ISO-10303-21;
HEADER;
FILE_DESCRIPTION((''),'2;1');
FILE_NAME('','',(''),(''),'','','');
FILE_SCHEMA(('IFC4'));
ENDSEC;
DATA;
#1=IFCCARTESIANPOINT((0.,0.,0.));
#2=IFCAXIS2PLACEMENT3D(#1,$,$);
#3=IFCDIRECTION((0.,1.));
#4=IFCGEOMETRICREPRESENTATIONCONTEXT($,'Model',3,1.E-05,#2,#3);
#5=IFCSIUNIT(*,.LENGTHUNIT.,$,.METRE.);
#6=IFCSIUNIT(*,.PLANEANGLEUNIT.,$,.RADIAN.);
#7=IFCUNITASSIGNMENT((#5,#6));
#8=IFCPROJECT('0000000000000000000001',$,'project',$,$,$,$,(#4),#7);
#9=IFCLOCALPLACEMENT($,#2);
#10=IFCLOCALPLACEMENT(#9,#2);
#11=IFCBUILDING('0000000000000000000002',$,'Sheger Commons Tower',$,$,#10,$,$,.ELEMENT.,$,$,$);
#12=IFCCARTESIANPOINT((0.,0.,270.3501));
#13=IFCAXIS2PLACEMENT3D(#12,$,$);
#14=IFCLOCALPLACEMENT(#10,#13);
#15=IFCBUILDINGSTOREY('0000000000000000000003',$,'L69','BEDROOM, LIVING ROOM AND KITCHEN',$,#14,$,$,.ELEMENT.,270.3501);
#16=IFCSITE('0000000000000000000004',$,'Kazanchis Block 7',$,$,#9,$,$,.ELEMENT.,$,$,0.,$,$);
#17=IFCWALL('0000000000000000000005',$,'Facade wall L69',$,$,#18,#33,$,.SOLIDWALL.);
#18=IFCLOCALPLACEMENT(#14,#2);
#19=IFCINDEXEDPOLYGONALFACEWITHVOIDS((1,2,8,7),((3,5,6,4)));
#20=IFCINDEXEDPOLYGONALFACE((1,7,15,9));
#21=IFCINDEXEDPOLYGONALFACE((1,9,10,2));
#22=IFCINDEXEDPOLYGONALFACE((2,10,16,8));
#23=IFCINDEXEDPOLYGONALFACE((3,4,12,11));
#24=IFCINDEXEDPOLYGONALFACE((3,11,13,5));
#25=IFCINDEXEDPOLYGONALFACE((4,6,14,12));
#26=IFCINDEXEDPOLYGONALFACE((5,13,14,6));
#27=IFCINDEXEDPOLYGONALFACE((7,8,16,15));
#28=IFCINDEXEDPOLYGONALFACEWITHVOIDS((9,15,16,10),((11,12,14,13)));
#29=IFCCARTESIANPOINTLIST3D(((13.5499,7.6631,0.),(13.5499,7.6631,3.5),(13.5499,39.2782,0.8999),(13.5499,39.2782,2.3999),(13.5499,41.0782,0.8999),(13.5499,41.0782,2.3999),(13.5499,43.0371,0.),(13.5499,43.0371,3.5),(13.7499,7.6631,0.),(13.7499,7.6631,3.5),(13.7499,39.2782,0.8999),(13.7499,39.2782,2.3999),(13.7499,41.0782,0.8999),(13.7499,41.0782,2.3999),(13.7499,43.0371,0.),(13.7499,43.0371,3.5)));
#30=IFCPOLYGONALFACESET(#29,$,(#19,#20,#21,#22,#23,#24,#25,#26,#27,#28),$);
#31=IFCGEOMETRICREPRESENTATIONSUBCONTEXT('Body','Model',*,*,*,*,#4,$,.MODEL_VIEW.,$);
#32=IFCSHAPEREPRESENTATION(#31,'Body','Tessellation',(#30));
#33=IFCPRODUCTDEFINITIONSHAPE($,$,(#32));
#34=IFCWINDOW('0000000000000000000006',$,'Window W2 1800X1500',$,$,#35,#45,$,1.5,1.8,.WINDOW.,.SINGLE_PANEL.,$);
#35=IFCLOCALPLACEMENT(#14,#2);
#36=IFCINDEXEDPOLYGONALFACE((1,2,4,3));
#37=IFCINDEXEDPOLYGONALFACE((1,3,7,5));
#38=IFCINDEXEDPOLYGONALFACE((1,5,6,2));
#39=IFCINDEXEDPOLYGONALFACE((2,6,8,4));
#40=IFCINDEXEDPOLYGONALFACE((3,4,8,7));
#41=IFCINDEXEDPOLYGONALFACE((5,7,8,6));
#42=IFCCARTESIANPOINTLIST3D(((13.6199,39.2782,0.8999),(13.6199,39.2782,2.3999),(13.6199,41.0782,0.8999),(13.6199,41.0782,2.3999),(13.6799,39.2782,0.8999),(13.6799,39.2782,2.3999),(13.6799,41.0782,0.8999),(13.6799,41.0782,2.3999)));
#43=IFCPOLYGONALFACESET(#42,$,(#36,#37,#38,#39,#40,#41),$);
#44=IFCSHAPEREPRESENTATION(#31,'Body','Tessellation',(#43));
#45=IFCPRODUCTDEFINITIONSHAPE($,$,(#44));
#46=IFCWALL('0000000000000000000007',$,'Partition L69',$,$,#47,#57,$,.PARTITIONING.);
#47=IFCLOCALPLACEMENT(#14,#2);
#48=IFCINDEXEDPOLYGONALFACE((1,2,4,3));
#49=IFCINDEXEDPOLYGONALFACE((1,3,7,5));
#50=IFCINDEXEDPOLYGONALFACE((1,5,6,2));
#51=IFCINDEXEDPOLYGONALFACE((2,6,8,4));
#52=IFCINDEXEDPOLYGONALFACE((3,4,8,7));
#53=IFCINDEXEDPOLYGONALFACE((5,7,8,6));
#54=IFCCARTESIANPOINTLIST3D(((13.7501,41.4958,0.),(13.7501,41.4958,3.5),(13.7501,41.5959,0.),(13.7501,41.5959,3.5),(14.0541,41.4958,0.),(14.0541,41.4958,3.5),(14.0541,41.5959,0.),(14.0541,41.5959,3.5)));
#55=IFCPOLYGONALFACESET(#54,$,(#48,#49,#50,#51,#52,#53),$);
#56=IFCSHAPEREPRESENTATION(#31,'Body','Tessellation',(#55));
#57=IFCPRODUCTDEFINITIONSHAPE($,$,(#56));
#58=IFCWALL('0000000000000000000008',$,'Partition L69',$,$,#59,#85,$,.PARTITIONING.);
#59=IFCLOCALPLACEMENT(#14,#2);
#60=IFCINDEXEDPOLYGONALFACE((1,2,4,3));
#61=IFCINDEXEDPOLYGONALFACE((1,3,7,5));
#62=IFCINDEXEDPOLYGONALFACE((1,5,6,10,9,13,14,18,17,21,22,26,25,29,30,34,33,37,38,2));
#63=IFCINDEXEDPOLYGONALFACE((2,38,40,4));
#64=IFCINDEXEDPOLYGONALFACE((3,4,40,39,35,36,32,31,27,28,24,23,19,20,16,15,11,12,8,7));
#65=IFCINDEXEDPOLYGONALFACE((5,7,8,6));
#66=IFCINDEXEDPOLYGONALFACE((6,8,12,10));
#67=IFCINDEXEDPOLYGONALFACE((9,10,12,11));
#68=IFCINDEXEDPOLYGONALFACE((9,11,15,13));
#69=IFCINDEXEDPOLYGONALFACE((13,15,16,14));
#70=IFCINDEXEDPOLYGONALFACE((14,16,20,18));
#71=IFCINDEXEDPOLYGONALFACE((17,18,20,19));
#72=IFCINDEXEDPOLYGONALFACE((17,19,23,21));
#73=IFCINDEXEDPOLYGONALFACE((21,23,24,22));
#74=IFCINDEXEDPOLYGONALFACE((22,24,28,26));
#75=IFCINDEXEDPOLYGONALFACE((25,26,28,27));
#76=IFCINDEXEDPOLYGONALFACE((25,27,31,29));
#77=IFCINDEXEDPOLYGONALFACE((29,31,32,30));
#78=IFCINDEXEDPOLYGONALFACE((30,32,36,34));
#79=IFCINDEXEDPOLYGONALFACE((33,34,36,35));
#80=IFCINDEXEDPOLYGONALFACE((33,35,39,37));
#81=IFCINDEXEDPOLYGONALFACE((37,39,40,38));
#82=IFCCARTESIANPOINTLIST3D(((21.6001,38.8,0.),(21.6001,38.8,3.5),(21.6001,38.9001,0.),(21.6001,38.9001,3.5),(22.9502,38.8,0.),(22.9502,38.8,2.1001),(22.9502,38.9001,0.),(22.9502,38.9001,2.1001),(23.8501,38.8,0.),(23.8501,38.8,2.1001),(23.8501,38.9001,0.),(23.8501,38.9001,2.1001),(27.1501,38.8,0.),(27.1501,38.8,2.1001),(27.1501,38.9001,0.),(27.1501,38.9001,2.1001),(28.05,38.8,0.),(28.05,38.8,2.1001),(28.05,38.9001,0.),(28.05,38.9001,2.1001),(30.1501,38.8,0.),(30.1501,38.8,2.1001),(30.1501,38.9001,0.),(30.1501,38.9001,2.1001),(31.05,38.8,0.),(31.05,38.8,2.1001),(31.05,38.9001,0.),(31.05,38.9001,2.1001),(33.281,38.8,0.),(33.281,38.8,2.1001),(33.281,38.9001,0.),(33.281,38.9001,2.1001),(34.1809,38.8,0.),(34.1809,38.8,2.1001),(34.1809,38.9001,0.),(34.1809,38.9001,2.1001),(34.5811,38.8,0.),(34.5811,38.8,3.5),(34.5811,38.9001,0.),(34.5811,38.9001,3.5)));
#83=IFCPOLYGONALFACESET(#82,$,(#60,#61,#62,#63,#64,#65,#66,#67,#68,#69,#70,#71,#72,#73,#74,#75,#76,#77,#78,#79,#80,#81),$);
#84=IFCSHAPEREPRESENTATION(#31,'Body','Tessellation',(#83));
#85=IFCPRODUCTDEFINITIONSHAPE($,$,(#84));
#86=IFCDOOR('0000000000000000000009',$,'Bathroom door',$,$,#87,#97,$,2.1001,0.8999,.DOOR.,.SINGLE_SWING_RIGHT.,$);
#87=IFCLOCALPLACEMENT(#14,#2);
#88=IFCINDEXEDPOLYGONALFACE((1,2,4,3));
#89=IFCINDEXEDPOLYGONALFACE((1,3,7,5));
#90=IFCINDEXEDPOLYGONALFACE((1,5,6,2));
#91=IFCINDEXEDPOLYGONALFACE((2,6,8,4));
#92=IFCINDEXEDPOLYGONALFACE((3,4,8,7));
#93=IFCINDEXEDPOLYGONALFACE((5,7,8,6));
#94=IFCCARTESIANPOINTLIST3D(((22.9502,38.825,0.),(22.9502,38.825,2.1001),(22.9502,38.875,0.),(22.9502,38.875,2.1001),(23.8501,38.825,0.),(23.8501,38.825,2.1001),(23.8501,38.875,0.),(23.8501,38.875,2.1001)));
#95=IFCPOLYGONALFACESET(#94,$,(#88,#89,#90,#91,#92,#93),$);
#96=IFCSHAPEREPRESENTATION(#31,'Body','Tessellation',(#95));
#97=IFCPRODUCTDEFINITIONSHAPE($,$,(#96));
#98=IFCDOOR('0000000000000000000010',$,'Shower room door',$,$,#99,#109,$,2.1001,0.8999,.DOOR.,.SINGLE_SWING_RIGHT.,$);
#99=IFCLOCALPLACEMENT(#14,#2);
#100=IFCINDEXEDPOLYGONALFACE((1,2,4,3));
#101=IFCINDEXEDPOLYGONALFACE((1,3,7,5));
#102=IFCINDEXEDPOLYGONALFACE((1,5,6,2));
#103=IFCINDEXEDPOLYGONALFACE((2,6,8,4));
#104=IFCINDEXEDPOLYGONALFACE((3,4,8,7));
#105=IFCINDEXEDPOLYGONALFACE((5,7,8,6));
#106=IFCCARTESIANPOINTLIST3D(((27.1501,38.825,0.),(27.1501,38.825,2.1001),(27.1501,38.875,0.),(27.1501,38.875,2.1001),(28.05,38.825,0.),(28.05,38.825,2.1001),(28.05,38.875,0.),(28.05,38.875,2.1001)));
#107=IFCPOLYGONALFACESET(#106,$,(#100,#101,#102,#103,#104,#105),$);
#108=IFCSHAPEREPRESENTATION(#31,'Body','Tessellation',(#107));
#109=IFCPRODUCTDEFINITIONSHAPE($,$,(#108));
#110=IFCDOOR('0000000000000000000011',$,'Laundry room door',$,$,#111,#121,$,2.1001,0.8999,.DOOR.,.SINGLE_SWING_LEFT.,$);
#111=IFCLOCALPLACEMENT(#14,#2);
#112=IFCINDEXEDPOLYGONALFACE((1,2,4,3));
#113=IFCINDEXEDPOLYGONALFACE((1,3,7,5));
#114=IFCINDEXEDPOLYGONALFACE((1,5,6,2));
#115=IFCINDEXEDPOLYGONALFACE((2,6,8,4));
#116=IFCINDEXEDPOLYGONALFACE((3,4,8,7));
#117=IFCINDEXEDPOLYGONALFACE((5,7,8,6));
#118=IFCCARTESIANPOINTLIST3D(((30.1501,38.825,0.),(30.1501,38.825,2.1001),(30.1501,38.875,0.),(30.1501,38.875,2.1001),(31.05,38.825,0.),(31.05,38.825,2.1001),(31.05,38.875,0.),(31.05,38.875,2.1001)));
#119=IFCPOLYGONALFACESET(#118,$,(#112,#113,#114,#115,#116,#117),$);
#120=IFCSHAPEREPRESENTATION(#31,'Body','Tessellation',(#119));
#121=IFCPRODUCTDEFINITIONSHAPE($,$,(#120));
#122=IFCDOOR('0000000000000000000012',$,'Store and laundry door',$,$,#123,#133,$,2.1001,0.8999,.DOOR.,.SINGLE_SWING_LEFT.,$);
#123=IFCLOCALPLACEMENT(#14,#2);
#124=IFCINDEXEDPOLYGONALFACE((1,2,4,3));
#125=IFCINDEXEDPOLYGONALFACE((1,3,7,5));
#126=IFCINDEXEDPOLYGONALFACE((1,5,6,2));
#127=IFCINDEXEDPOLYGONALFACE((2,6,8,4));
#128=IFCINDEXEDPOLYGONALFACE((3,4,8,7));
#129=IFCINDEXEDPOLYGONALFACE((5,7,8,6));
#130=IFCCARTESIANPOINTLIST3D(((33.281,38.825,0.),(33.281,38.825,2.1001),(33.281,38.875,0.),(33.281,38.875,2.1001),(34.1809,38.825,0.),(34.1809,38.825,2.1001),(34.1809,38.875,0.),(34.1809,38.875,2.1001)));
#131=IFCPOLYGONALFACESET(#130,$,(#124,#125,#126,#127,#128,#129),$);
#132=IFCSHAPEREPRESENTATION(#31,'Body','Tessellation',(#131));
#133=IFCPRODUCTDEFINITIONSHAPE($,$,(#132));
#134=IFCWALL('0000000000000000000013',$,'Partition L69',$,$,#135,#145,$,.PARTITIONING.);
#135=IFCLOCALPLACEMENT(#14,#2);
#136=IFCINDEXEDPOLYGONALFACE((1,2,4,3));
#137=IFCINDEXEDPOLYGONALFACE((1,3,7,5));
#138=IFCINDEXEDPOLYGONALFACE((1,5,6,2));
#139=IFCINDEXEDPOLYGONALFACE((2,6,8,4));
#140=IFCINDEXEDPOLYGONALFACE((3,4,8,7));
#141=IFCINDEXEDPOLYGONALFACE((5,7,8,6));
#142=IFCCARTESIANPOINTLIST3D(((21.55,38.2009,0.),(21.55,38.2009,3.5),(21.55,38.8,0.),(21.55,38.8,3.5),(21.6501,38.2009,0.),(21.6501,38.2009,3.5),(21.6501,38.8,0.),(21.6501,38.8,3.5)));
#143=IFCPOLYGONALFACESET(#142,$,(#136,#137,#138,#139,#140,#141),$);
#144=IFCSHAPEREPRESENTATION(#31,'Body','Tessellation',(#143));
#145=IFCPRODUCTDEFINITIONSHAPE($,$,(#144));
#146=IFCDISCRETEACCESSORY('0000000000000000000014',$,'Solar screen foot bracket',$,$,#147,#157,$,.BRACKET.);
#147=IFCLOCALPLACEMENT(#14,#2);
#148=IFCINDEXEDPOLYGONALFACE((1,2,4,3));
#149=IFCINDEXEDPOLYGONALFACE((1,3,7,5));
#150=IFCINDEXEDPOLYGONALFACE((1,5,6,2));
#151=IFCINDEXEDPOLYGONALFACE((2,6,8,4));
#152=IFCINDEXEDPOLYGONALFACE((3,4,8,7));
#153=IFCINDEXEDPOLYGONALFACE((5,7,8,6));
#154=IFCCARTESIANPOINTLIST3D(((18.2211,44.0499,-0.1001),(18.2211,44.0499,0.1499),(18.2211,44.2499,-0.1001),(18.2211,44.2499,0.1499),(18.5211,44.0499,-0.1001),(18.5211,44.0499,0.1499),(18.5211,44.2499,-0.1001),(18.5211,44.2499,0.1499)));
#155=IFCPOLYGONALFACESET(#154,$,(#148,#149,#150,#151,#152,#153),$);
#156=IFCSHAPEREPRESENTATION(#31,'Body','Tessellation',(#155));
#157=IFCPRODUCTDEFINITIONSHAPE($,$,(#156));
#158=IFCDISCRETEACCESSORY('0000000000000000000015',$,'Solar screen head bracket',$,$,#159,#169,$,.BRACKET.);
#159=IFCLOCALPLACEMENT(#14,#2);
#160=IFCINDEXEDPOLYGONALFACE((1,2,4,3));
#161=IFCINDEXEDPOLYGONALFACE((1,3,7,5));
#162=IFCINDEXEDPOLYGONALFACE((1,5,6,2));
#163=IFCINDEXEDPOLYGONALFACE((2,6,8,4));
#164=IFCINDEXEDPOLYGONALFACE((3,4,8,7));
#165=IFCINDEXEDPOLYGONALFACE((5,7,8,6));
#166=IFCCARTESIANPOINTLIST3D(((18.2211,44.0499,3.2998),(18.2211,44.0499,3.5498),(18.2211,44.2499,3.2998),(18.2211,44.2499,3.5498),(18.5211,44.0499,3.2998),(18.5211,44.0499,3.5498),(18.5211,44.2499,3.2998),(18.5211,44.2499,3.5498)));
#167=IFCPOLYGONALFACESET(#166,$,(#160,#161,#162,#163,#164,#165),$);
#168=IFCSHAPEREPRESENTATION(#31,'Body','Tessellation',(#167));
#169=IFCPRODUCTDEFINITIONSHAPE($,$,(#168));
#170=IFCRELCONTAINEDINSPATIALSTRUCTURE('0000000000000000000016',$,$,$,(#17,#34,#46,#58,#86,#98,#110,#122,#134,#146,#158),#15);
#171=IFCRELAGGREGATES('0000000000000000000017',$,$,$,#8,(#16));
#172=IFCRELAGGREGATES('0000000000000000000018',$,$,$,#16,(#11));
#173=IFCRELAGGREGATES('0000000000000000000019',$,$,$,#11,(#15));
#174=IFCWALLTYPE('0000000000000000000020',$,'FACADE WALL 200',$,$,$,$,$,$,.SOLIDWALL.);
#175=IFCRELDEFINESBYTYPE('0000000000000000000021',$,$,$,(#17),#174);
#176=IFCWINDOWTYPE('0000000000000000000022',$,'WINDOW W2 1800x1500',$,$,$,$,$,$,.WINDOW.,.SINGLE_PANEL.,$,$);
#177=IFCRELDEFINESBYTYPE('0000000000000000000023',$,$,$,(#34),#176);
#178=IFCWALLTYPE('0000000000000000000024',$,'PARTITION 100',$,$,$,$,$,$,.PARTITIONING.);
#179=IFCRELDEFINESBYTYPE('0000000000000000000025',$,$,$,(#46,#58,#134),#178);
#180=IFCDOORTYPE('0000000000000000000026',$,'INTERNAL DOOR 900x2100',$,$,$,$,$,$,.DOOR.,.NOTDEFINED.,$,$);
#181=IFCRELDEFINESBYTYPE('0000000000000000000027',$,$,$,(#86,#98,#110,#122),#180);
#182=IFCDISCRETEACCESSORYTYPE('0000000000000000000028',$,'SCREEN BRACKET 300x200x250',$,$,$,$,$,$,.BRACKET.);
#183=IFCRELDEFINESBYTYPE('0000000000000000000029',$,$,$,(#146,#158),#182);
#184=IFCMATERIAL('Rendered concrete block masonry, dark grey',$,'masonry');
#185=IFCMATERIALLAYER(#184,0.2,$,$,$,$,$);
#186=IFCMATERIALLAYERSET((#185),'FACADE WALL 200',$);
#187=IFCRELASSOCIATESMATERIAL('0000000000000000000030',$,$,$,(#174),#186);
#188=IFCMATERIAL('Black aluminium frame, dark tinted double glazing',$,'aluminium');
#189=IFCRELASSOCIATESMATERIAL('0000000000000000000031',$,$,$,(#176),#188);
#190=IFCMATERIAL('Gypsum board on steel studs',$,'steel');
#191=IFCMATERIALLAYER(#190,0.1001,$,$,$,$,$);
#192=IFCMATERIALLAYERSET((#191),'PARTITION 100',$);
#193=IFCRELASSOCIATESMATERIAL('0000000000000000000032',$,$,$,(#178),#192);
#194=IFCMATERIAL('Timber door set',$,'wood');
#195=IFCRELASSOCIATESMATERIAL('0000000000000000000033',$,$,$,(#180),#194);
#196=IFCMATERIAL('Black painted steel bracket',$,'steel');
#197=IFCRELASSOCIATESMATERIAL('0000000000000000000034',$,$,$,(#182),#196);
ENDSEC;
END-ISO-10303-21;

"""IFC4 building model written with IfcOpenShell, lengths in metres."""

from ifc_helpers import new_model, si_unit, direction, frame, frame_2d, origin, origin_2d, place, context, subcontext, project, spatial, rectangle, extrude, material, layer, layer_set, type_object, element, fill, save


model = new_model("IFC4")

# Units and contexts
model_context = context("Model", 3, precision=1e-05, world=origin(), true_north=direction((0.0, 1.0)))
body_context = subcontext(model_context, "Body", "Model", "MODEL_VIEW")
ifc_project = project(units=[si_unit("LENGTHUNIT", "METRE"), si_unit("PLANEANGLEUNIT", "RADIAN")], contexts=[model_context])

# Site, building, storey
site_placement = place(None, origin())
site = spatial("IfcSite", under=ifc_project, at=site_placement, Name="Kazanchis Block 7", CompositionType="ELEMENT", RefElevation=0.0)
building_placement = place(site_placement, origin())
building = spatial("IfcBuilding", under=site, at=building_placement, Name="Sheger Commons Tower", CompositionType="ELEMENT")
storey_placement = place(building_placement, frame((0.0, 0.0, 270.3501)))
storey = spatial("IfcBuildingStorey", under=building, at=storey_placement, Name="L69", Description="BEDROOM, LIVING ROOM AND KITCHEN", CompositionType="ELEMENT", Elevation=270.3501)

# Shared definitions
ifc_material_1 = material(Name="Rendered concrete block masonry, dark grey", Category="masonry")
ifc_layer_1 = layer(ifc_material_1, 0.2)
ifc_layer_set_1 = layer_set([ifc_layer_1], Name="FACADE WALL 200")
wall_type_1 = type_object("IfcWallType", Name="FACADE WALL 200", PredefinedType="SOLIDWALL", material=ifc_layer_set_1)

# Wall, opening, window
wall_1_placement = place(storey_placement, frame((13.6499, 43.0371, 0.0), z_axis=(0.0, 0.0, 1.0), x_axis=(0.0, -1.0, 0.0)))
wall_1 = element("IfcWall", 1, at=wall_1_placement, inside=storey, type_object=wall_type_1, Name="Facade wall L69", PredefinedType="SOLIDWALL", context=body_context, shape_type="SweptSolid", body=[
    extrude(rectangle(XDim=35.374, YDim=0.2, at=frame_2d((17.687, 0.0))), origin(), (0.0, 0.0, 1.0), 3.5),
])
opening_1_placement = place(wall_1_placement, frame((1.959, 0.0, 0.8999)))
opening_1 = element("IfcOpeningElement", 2, at=opening_1_placement, cuts=wall_1, PredefinedType="OPENING", context=body_context, shape_type="SweptSolid", body=[
    extrude(rectangle(XDim=1.8, YDim=1.5, at=frame_2d((0.8999, 0.75))), frame((0.0, 0.1099, 0.0), z_axis=(0.0, -1.0, 0.0), x_axis=(1.0, 0.0, 0.0)), (0.0, 0.0, 1.0), 0.22),
])
ifc_material_2 = material(Name="Black aluminium frame, dark tinted double glazing", Category="aluminium")
window_type = type_object("IfcWindowType", Name="WINDOW W2 1800x1500", PartitioningType="SINGLE_PANEL", PredefinedType="WINDOW", material=ifc_material_2)
window_placement = place(opening_1_placement, origin())
window = element("IfcWindow", 3, at=window_placement, inside=storey, type_object=window_type, Name="Window W2 1800X1500", OverallHeight=1.5, OverallWidth=1.8, PartitioningType="SINGLE_PANEL", PredefinedType="WINDOW", context=body_context, shape_type="SweptSolid", body=[
    extrude(rectangle(XDim=1.8, YDim=1.5, at=frame_2d((0.8999, 0.75))), frame((0.0, 0.03, 0.0), z_axis=(0.0, -1.0, 0.0), x_axis=(1.0, 0.0, 0.0)), (0.0, 0.0, 1.0), 0.0601),
])
fill(opening_1, window)

# Wall
ifc_material_3 = material(Name="Gypsum board on steel studs", Category="steel")
ifc_layer_2 = layer(ifc_material_3, 0.1001)
ifc_layer_set_2 = layer_set([ifc_layer_2], Name="PARTITION 100")
wall_type_2 = type_object("IfcWallType", Name="PARTITION 100", PredefinedType="PARTITIONING", material=ifc_layer_set_2)
wall_2_placement = place(storey_placement, frame((14.054, 41.5459, 0.0), z_axis=(0.0, 0.0, 1.0), x_axis=(-1.0, 0.0, 0.0)))
element("IfcWall", 4, at=wall_2_placement, inside=storey, type_object=wall_type_2, Name="Partition L69", PredefinedType="PARTITIONING", context=body_context, shape_type="SweptSolid", body=[
    extrude(rectangle(XDim=0.304, YDim=0.1001, at=frame_2d((0.1519, 0.0))), origin(), (0.0, 0.0, 1.0), 3.5),
])

# Wall, openings, doors
wall_3_placement = place(storey_placement, frame((21.6001, 38.8501, 0.0), z_axis=(0.0, 0.0, 1.0), x_axis=(1.0, 0.0, 0.0)))
wall_3 = element("IfcWall", 5, at=wall_3_placement, inside=storey, type_object=wall_type_2, Name="Partition L69", PredefinedType="PARTITIONING", context=body_context, shape_type="SweptSolid", body=[
    extrude(rectangle(XDim=12.981, YDim=0.1001, at=frame_2d((6.4905, 0.0))), origin(), (0.0, 0.0, 1.0), 3.5),
])
opening_2_placement = place(wall_3_placement, frame((1.3501, 0.0, 0.0)))
opening_2 = element("IfcOpeningElement", 6, at=opening_2_placement, cuts=wall_3, PredefinedType="OPENING", context=body_context, shape_type="SweptSolid", body=[
    extrude(rectangle(XDim=0.8999, YDim=2.1001, at=frame_2d((0.45, 1.05))), frame((0.0, 0.0601, 0.0), z_axis=(0.0, -1.0, 0.0), x_axis=(1.0, 0.0, 0.0)), (0.0, 0.0, 1.0), 0.1201),
])
opening_3_placement = place(wall_3_placement, frame((5.55, 0.0, 0.0)))
opening_3 = element("IfcOpeningElement", 7, at=opening_3_placement, cuts=wall_3, PredefinedType="OPENING", context=body_context, shape_type="SweptSolid", body=[
    extrude(rectangle(XDim=0.8999, YDim=2.1001, at=frame_2d((0.45, 1.05))), frame((0.0, 0.0601, 0.0), z_axis=(0.0, -1.0, 0.0), x_axis=(1.0, 0.0, 0.0)), (0.0, 0.0, 1.0), 0.1201),
])
opening_4_placement = place(wall_3_placement, frame((8.55, 0.0, 0.0)))
opening_4 = element("IfcOpeningElement", 8, at=opening_4_placement, cuts=wall_3, PredefinedType="OPENING", context=body_context, shape_type="SweptSolid", body=[
    extrude(rectangle(XDim=0.8999, YDim=2.1001, at=frame_2d((0.45, 1.05))), frame((0.0, 0.0601, 0.0), z_axis=(0.0, -1.0, 0.0), x_axis=(1.0, 0.0, 0.0)), (0.0, 0.0, 1.0), 0.1201),
])
opening_5_placement = place(wall_3_placement, frame((11.6809, 0.0, 0.0)))
opening_5 = element("IfcOpeningElement", 9, at=opening_5_placement, cuts=wall_3, PredefinedType="OPENING", context=body_context, shape_type="SweptSolid", body=[
    extrude(rectangle(XDim=0.8999, YDim=2.1001, at=frame_2d((0.45, 1.05))), frame((0.0, 0.0601, 0.0), z_axis=(0.0, -1.0, 0.0), x_axis=(1.0, 0.0, 0.0)), (0.0, 0.0, 1.0), 0.1201),
])
ifc_material_4 = material(Name="Timber door set", Category="wood")
door_type_1 = type_object("IfcDoorType", Name="INTERNAL DOOR 900x2100", OperationType="NOTDEFINED", PredefinedType="DOOR", material=ifc_material_4)
door_1_placement = place(opening_2_placement, origin())
door_1 = element("IfcDoor", 10, at=door_1_placement, inside=storey, type_object=door_type_1, Name="Bathroom door", OperationType="SINGLE_SWING_RIGHT", OverallHeight=2.1001, OverallWidth=0.8999, PredefinedType="DOOR", context=body_context, shape_type="SweptSolid", body=[
    extrude(rectangle(XDim=0.8999, YDim=2.1001, at=frame_2d((0.45, 1.05))), frame((0.0, 0.0249, 0.0), z_axis=(0.0, -1.0, 0.0), x_axis=(1.0, 0.0, 0.0)), (0.0, 0.0, 1.0), 0.05),
])
fill(opening_2, door_1)
door_2_placement = place(opening_3_placement, origin())
door_2 = element("IfcDoor", 11, at=door_2_placement, inside=storey, type_object=door_type_1, Name="Shower room door", OperationType="SINGLE_SWING_RIGHT", OverallHeight=2.1001, OverallWidth=0.8999, PredefinedType="DOOR", context=body_context, shape_type="SweptSolid", body=[
    extrude(rectangle(XDim=0.8999, YDim=2.1001, at=frame_2d((0.45, 1.05))), frame((0.0, 0.0249, 0.0), z_axis=(0.0, -1.0, 0.0), x_axis=(1.0, 0.0, 0.0)), (0.0, 0.0, 1.0), 0.05),
])
fill(opening_3, door_2)
door_3_placement = place(opening_4_placement, origin())
door_3 = element("IfcDoor", 12, at=door_3_placement, inside=storey, type_object=door_type_1, Name="Laundry room door", OperationType="SINGLE_SWING_LEFT", OverallHeight=2.1001, OverallWidth=0.8999, PredefinedType="DOOR", context=body_context, shape_type="SweptSolid", body=[
    extrude(rectangle(XDim=0.8999, YDim=2.1001, at=frame_2d((0.45, 1.05))), frame((0.0, 0.0249, 0.0), z_axis=(0.0, -1.0, 0.0), x_axis=(1.0, 0.0, 0.0)), (0.0, 0.0, 1.0), 0.05),
])
fill(opening_4, door_3)
door_4_placement = place(opening_5_placement, origin())
door_4 = element("IfcDoor", 13, at=door_4_placement, inside=storey, type_object=door_type_1, Name="Store and laundry door", OperationType="SINGLE_SWING_LEFT", OverallHeight=2.1001, OverallWidth=0.8999, PredefinedType="DOOR", context=body_context, shape_type="SweptSolid", body=[
    extrude(rectangle(XDim=0.8999, YDim=2.1001, at=frame_2d((0.45, 1.05))), frame((0.0, 0.0249, 0.0), z_axis=(0.0, -1.0, 0.0), x_axis=(1.0, 0.0, 0.0)), (0.0, 0.0, 1.0), 0.05),
])
fill(opening_5, door_4)

# Wall
wall_4_placement = place(storey_placement, frame((21.6001, 38.2009, 0.0), z_axis=(0.0, 0.0, 1.0), x_axis=(0.0, 1.0, 0.0)))
element("IfcWall", 14, at=wall_4_placement, inside=storey, type_object=wall_type_2, Name="Partition L69", PredefinedType="PARTITIONING", context=body_context, shape_type="SweptSolid", body=[
    extrude(rectangle(XDim=0.5991, YDim=0.1001, at=frame_2d((0.2996, 0.0))), origin(), (0.0, 0.0, 1.0), 3.5),
])

# Discrete accessories
ifc_material_5 = material(Name="Black painted steel bracket", Category="steel")
discrete_accessory_type = type_object("IfcDiscreteAccessoryType", Name="SCREEN BRACKET 300x200x250", PredefinedType="BRACKET", material=ifc_material_5)
for number, where, z_axis, x_axis, name in (
    (15, (18.3711, 44.1499, -0.1001), (0.0, 0.0, 1.0), (-1.0, 0.0, 0.0), "Solar screen foot bracket"),
    (16, (18.3711, 44.1499, 3.2998), (0.0, 0.0, 1.0), (-1.0, 0.0, 0.0), "Solar screen head bracket"),
):
    element("IfcDiscreteAccessory", number, at=place(storey_placement, frame(where, z_axis=z_axis, x_axis=x_axis)), inside=storey, type_object=discrete_accessory_type, Name=name, PredefinedType="BRACKET", context=body_context, shape_type="SweptSolid", body=[
        extrude(rectangle(XDim=0.3, YDim=0.2, at=origin_2d()), origin(), (0.0, 0.0, 1.0), 0.25),
    ])

save(model, "model.ifc")
